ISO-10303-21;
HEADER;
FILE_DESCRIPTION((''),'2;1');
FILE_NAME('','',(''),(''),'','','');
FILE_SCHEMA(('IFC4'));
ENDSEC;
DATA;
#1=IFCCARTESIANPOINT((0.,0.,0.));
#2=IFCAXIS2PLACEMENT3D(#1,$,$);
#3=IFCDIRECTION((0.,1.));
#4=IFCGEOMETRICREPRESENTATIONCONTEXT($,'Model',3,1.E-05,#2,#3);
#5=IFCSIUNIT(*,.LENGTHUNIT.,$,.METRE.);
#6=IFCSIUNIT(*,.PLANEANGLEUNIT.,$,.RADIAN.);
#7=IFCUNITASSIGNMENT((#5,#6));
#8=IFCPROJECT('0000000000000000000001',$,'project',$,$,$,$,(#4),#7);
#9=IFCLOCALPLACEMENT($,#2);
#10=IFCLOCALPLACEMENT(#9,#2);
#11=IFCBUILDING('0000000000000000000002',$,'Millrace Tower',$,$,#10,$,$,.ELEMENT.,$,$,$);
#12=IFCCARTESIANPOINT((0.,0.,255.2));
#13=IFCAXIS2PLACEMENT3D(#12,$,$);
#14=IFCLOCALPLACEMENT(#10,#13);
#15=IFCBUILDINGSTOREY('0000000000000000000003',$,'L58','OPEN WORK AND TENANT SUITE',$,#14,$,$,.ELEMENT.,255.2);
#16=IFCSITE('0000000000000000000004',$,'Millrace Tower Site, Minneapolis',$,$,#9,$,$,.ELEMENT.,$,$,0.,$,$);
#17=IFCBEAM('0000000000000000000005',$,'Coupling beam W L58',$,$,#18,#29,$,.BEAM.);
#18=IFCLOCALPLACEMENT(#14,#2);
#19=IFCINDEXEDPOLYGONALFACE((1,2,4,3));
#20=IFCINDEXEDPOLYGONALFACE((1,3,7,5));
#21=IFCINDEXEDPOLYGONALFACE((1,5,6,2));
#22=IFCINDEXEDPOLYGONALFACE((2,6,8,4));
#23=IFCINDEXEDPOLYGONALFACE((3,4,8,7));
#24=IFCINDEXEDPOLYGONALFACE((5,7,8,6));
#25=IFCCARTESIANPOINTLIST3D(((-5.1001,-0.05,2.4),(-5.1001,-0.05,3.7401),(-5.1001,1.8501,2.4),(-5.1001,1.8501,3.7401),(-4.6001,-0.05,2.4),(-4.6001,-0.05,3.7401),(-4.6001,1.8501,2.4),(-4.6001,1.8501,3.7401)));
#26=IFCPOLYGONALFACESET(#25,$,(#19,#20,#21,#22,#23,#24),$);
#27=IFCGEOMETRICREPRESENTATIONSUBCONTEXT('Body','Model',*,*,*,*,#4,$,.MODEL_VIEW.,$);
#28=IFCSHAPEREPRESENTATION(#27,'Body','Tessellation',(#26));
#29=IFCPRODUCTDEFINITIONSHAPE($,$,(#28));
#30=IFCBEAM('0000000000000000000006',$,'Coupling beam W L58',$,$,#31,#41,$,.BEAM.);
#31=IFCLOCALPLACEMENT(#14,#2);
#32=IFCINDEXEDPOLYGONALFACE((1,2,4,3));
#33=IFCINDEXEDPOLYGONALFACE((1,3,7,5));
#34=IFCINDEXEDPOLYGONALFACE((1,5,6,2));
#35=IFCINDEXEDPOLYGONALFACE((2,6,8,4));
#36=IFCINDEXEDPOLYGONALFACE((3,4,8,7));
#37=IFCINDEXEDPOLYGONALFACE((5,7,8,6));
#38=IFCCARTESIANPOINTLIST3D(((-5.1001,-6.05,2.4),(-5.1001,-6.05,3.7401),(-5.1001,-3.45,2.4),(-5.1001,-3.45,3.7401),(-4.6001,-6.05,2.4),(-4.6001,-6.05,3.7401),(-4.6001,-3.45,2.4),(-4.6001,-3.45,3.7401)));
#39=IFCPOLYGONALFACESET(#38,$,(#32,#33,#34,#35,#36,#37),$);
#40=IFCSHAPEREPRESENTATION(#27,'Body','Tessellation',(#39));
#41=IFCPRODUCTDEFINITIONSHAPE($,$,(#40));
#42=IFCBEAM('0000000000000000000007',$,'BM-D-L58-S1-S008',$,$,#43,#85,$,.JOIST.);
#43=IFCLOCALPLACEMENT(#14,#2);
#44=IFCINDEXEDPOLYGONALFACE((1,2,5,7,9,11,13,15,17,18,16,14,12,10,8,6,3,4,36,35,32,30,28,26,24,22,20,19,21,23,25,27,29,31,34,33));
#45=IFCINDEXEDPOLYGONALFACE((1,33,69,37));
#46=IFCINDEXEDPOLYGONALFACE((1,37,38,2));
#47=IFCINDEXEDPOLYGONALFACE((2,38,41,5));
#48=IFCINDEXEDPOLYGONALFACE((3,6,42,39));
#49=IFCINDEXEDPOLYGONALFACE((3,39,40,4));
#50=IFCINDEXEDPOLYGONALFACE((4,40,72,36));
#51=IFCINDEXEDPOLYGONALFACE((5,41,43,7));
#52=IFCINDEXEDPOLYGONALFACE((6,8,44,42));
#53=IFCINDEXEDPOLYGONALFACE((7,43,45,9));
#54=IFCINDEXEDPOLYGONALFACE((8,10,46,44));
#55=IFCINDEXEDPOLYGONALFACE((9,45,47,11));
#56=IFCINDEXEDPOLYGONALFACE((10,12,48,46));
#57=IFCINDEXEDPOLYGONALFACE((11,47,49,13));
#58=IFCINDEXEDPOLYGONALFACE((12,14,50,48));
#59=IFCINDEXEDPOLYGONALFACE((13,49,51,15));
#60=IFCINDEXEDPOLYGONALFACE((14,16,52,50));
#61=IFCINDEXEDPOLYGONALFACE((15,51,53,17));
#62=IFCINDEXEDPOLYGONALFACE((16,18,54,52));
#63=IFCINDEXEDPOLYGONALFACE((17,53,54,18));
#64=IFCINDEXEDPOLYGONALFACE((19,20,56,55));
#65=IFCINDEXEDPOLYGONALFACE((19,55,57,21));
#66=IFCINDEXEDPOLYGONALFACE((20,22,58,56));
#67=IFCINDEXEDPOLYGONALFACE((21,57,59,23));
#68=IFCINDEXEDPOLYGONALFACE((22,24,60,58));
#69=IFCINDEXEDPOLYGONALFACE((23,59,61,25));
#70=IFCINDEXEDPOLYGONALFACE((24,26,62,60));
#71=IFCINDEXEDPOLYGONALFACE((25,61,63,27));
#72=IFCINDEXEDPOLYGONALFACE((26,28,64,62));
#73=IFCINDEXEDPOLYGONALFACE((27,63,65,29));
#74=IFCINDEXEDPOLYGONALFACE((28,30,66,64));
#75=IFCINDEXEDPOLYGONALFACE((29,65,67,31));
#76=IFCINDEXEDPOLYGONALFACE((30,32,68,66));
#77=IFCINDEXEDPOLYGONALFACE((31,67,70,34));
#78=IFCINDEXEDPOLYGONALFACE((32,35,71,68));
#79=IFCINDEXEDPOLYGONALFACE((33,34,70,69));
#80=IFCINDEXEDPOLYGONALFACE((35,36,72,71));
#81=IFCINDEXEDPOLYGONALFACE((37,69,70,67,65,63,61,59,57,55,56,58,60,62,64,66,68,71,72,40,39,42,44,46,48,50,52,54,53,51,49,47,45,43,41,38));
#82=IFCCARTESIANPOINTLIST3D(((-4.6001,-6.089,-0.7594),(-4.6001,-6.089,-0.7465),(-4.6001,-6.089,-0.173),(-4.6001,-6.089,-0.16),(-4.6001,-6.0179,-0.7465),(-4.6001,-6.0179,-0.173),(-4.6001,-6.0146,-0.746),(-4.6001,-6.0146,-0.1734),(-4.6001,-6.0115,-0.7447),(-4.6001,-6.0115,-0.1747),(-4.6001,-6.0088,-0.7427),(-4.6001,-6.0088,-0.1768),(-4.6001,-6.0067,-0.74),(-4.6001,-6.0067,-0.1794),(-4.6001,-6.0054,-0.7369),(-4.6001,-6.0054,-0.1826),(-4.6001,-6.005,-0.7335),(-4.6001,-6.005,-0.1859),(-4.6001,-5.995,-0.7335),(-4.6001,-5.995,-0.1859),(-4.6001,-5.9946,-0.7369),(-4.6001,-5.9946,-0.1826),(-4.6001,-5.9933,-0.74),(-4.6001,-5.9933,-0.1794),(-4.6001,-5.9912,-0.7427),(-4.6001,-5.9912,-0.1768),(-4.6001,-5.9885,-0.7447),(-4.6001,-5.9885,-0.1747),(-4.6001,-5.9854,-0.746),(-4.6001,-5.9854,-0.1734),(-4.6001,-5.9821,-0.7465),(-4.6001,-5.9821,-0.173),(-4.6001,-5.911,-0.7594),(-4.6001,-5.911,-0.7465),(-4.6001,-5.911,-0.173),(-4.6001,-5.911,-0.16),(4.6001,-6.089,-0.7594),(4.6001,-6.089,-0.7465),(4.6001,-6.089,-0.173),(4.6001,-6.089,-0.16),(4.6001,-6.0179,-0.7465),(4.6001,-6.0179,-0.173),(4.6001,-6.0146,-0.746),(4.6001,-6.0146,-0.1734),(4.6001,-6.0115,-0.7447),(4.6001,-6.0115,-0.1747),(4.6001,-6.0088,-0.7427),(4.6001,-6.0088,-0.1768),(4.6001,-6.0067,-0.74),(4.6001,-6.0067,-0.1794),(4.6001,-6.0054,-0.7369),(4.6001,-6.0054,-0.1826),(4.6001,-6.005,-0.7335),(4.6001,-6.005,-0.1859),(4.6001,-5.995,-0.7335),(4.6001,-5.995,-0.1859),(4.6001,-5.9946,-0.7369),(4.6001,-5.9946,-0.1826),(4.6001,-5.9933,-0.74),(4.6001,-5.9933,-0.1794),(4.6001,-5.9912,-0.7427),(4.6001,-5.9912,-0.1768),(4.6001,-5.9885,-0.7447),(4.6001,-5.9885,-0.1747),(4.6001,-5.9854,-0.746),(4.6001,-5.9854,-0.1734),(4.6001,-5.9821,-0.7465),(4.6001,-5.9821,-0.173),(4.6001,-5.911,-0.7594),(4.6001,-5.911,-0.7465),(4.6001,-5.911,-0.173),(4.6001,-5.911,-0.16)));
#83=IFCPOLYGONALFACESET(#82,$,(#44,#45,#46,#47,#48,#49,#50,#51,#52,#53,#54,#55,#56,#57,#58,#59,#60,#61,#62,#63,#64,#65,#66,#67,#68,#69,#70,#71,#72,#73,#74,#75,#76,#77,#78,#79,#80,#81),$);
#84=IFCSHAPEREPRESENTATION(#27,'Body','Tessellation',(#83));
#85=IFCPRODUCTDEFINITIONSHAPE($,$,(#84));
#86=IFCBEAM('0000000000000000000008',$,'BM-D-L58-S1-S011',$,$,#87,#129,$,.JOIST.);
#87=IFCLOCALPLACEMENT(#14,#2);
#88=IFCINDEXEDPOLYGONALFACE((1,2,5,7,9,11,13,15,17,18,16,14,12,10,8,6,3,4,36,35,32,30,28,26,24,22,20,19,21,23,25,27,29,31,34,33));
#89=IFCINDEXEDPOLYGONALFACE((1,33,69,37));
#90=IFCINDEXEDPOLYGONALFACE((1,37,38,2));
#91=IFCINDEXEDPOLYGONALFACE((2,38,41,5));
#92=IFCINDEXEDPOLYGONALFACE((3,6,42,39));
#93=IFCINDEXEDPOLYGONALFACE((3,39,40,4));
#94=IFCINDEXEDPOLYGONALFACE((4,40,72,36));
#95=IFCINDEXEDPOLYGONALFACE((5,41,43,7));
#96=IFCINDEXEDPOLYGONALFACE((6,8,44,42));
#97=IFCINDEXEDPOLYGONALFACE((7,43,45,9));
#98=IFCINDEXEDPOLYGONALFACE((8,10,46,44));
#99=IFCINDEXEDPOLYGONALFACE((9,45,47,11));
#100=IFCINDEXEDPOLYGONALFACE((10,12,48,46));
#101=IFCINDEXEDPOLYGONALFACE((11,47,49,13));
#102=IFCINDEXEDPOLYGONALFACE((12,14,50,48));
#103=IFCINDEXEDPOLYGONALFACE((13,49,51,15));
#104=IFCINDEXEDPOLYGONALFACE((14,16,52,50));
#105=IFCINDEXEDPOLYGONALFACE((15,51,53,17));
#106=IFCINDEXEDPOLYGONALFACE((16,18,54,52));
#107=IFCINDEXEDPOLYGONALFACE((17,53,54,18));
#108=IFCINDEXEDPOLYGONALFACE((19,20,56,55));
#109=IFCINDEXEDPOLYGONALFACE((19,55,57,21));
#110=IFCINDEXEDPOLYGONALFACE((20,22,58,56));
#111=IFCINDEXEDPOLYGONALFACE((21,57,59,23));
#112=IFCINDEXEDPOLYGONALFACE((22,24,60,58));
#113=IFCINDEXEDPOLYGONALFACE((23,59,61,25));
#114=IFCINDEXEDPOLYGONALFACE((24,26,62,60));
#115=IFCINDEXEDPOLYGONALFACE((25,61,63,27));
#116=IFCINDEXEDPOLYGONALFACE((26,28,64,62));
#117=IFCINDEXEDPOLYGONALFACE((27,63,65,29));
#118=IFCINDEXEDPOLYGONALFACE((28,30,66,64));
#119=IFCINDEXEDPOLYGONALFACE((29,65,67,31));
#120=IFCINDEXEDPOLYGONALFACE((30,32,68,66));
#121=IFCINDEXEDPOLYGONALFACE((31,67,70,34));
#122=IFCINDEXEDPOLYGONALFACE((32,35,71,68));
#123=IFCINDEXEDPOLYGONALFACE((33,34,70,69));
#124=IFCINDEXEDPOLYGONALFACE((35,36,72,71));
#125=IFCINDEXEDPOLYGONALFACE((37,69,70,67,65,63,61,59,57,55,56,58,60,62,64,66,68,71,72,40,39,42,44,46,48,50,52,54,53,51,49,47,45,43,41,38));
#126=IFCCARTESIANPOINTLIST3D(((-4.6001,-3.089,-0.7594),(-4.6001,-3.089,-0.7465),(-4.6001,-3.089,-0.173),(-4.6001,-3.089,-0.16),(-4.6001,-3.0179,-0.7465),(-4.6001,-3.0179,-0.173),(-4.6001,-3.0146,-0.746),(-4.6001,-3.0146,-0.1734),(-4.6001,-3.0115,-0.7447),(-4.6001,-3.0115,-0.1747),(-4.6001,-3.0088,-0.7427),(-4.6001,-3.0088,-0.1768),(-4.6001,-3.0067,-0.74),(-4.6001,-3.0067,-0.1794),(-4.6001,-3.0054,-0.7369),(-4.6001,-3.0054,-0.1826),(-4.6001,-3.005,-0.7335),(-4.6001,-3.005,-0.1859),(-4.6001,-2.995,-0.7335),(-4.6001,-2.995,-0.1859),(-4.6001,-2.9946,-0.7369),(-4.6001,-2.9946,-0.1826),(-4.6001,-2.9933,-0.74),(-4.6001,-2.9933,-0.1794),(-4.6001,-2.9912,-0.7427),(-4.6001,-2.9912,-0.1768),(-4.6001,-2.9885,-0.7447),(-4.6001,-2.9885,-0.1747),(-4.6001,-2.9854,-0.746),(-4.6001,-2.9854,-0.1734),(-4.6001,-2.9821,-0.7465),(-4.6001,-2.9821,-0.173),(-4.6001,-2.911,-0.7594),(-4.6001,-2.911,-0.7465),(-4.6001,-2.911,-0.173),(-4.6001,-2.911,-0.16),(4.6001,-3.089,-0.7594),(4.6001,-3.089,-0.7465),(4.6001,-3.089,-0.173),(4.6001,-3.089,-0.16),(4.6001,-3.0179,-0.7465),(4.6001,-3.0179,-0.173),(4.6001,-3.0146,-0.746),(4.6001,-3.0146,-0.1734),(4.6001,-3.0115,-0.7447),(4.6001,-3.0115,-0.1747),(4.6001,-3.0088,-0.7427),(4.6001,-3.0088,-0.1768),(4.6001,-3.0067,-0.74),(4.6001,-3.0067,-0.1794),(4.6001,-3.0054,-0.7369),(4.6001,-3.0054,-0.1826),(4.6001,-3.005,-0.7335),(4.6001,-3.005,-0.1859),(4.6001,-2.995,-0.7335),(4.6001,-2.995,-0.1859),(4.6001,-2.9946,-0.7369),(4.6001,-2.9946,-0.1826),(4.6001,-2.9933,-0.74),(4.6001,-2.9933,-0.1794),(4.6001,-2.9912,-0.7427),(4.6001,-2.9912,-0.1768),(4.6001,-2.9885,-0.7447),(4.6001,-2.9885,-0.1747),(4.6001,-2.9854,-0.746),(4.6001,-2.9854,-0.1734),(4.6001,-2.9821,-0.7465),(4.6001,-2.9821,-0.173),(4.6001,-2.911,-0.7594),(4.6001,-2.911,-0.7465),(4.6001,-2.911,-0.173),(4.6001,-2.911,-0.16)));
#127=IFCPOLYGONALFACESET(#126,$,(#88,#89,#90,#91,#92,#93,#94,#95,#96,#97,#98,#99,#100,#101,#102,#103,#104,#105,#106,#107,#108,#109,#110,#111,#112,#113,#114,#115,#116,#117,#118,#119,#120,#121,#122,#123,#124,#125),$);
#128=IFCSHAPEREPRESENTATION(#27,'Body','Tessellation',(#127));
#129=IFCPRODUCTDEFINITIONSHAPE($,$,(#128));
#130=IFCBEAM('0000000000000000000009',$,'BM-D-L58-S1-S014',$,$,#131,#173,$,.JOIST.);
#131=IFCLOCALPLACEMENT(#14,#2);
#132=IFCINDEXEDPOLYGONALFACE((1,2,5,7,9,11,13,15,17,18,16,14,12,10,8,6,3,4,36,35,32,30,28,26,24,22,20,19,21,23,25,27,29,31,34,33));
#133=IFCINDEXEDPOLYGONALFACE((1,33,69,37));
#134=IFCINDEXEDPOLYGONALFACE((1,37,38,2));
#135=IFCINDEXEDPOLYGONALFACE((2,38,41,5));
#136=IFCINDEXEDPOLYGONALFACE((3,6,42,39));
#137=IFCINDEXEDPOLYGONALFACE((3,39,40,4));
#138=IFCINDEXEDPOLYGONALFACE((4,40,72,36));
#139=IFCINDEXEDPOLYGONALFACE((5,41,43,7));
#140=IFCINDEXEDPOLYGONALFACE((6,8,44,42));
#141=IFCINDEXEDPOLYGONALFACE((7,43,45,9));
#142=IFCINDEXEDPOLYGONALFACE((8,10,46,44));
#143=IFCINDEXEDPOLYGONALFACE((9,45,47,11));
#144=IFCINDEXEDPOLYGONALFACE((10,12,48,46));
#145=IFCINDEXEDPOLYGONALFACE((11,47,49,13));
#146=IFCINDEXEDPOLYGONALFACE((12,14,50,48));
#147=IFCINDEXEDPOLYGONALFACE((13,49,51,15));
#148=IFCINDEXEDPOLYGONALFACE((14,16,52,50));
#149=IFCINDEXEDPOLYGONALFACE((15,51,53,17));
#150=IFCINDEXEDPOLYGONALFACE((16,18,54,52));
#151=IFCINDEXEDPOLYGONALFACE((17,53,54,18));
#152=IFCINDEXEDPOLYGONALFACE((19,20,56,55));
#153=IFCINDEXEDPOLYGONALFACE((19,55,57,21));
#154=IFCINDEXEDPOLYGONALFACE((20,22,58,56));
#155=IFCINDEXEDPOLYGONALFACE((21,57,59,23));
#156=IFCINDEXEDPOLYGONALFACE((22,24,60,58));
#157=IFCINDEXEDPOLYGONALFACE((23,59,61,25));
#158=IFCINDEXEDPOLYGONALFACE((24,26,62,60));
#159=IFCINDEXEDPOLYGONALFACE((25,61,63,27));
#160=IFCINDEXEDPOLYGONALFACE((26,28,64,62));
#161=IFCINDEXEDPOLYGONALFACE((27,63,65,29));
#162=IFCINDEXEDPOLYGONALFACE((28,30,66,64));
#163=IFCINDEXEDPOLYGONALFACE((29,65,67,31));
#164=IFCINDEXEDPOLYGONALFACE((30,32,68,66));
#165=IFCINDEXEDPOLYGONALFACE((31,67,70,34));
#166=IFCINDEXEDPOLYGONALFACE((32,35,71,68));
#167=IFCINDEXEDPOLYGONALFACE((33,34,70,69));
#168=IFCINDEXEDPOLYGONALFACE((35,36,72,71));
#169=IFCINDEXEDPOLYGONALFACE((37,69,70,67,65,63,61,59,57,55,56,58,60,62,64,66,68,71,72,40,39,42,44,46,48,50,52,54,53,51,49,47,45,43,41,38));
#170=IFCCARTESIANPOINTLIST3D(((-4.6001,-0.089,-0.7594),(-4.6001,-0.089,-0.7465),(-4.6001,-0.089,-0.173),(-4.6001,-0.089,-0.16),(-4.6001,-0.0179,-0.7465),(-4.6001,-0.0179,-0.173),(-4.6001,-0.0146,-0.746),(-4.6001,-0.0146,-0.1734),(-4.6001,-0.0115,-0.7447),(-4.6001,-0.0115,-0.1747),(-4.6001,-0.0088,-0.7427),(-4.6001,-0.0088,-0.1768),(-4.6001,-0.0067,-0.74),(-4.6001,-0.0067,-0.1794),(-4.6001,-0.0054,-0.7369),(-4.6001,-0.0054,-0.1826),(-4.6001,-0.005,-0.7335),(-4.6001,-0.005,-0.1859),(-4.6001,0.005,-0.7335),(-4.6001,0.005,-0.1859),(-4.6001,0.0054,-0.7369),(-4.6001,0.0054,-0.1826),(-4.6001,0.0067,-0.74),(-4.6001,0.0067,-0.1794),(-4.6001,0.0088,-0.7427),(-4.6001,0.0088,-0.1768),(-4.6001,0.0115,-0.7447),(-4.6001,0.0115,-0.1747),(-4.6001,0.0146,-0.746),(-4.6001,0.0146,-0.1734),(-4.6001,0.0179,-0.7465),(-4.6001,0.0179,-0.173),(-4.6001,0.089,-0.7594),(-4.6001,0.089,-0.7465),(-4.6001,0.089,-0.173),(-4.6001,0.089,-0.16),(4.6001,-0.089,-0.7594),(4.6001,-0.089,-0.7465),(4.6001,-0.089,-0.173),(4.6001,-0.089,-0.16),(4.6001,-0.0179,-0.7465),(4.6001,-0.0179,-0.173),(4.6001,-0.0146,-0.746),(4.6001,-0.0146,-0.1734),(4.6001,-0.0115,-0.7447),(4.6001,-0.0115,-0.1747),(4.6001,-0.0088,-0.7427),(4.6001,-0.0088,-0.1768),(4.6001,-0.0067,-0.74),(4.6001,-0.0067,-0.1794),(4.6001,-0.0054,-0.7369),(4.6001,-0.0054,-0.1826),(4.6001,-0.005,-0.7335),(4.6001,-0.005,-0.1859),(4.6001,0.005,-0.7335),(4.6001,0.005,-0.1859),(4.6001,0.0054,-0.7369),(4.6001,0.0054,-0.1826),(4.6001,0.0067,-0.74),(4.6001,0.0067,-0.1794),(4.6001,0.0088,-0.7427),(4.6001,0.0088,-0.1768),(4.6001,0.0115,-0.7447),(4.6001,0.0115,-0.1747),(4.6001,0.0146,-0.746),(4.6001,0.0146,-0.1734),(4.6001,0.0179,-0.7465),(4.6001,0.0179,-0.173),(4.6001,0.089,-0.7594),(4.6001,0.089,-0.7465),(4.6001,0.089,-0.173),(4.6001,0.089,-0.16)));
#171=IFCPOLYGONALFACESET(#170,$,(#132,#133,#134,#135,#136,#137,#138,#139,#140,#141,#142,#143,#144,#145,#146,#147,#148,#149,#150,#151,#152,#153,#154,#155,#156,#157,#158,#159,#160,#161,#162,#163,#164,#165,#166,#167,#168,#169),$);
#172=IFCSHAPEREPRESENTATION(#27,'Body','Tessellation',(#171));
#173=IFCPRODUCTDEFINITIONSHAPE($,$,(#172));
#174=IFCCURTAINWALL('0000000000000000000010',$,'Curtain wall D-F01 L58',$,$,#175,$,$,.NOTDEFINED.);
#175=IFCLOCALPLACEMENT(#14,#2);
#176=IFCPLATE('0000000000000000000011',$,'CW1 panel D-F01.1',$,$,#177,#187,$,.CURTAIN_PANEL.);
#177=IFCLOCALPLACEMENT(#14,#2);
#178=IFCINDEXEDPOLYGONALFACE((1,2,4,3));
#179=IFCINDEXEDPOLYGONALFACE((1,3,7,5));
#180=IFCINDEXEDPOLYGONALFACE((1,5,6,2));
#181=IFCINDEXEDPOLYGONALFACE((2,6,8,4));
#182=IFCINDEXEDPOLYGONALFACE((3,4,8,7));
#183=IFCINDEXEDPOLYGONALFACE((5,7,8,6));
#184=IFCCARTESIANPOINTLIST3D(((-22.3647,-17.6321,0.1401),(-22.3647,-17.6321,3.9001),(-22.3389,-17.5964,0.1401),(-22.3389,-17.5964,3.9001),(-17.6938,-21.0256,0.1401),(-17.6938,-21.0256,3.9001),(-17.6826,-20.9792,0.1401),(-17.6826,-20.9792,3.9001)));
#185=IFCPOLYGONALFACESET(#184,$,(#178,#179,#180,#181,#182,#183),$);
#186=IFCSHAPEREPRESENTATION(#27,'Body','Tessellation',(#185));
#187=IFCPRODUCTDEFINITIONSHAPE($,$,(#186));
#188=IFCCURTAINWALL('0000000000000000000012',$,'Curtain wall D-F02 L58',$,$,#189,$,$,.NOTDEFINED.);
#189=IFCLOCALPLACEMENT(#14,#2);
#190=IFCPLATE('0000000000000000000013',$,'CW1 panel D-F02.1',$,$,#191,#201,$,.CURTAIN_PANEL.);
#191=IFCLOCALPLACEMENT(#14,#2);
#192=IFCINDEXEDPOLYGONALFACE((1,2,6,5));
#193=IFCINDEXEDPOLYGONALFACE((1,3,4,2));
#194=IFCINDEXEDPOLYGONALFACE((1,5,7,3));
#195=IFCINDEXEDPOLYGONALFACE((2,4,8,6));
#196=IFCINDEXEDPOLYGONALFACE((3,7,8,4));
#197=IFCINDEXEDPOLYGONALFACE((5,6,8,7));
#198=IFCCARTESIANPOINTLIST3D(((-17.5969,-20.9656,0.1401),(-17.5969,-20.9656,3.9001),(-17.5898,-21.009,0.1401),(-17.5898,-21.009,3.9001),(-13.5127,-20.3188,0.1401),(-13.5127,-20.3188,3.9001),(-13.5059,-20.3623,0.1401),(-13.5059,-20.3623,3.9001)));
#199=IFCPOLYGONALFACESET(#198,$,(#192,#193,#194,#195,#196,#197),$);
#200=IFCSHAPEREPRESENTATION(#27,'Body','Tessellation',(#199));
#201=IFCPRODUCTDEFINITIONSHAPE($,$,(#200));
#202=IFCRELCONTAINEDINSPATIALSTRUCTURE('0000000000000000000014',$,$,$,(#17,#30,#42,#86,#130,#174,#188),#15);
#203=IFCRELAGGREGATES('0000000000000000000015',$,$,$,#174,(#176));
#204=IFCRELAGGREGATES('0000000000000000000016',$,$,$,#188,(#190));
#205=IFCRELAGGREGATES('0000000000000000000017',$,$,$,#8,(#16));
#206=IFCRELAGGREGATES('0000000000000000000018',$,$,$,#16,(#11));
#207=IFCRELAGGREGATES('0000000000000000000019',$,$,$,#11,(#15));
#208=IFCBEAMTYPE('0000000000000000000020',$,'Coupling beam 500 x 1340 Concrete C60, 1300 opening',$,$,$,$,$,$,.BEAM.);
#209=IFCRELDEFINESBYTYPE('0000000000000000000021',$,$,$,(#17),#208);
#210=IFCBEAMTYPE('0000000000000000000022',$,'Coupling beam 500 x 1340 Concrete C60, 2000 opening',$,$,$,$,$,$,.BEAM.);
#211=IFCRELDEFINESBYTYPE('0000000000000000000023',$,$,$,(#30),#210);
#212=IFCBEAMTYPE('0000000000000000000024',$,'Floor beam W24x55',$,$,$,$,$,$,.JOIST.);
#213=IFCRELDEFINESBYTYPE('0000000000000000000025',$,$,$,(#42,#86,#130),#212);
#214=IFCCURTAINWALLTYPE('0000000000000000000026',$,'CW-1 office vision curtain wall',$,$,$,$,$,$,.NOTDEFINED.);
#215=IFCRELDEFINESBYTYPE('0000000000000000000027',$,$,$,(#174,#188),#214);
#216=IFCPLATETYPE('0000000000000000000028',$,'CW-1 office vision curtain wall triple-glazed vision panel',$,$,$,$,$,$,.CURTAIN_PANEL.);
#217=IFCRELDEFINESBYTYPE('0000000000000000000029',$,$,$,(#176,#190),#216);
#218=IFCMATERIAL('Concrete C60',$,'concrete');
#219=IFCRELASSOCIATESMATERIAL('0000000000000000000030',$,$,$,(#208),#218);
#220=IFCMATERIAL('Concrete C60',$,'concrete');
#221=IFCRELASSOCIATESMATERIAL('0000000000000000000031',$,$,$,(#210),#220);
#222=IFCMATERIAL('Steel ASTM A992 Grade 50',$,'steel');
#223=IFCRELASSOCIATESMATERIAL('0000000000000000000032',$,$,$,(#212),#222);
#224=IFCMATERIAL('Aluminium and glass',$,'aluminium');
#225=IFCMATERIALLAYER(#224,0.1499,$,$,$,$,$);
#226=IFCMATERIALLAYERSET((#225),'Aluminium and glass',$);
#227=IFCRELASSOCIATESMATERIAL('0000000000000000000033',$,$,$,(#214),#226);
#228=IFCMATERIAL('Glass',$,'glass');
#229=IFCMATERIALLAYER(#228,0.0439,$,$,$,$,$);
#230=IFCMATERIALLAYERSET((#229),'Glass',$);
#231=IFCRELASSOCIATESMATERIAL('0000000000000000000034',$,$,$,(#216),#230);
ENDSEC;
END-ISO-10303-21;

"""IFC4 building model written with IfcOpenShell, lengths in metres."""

from ifc_helpers import new_model, si_unit, direction, frame, origin, origin_2d, place, context, subcontext, project, spatial, polyline, rectangle, i_section, outline, extrude, material, layer, layer_set, material_profile, profile_set, type_object, element, aggregate, save


model = new_model("IFC4")

# Units and contexts
model_context = context("Model", 3, precision=1e-05, world=origin(), true_north=direction((0.0, 1.0)))
body_context = subcontext(model_context, "Body", "Model", "MODEL_VIEW")
ifc_project = project(units=[si_unit("LENGTHUNIT", "METRE"), si_unit("PLANEANGLEUNIT", "RADIAN")], contexts=[model_context])

# Site, building, storey
site_placement = place(None, origin())
site = spatial("IfcSite", under=ifc_project, at=site_placement, Name="Millrace Tower Site, Minneapolis", CompositionType="ELEMENT", RefElevation=0.0)
building_placement = place(site_placement, origin())
building = spatial("IfcBuilding", under=site, at=building_placement, Name="Millrace Tower", CompositionType="ELEMENT")
storey_placement = place(building_placement, frame((0.0, 0.0, 255.2)))
storey = spatial("IfcBuildingStorey", under=building, at=storey_placement, Name="L58", Description="OPEN WORK AND TENANT SUITE", CompositionType="ELEMENT", Elevation=255.2)

# Beams
ifc_material_1 = material(Name="Concrete C60", Category="concrete")
ifc_material_profile_1 = material_profile(ifc_material_1, rectangle(XDim=0.5, YDim=1.3401, at=origin_2d()))
ifc_profile_set_1 = profile_set([ifc_material_profile_1], Name="Concrete C60")
beam_type_1 = type_object("IfcBeamType", Name="Coupling beam 500 x 1340 Concrete C60, 1300 opening", PredefinedType="BEAM", material=ifc_profile_set_1)
beam_1_placement = place(storey_placement, frame((-4.8501, -0.05, 3.0701), z_axis=(0.0, 1.0, 0.0), x_axis=(-1.0, 0.0, 0.0)))
element("IfcBeam", 1, at=beam_1_placement, inside=storey, type_object=beam_type_1, Name="Coupling beam W L58", PredefinedType="BEAM", context=body_context, shape_type="SweptSolid", body=[
    extrude(rectangle(XDim=0.5, YDim=1.3401, at=origin_2d()), origin(), (0.0, 0.0, 1.0), 1.9001),
])
ifc_material_2 = material(Name="Concrete C60", Category="concrete")
ifc_material_profile_2 = material_profile(ifc_material_2, rectangle(XDim=0.5, YDim=1.3401, at=origin_2d()))
ifc_profile_set_2 = profile_set([ifc_material_profile_2], Name="Concrete C60")
beam_type_2 = type_object("IfcBeamType", Name="Coupling beam 500 x 1340 Concrete C60, 2000 opening", PredefinedType="BEAM", material=ifc_profile_set_2)
beam_2_placement = place(storey_placement, frame((-4.8501, -6.05, 3.0701), z_axis=(0.0, 1.0, 0.0), x_axis=(-1.0, 0.0, 0.0)))
element("IfcBeam", 2, at=beam_2_placement, inside=storey, type_object=beam_type_2, Name="Coupling beam W L58", PredefinedType="BEAM", context=body_context, shape_type="SweptSolid", body=[
    extrude(rectangle(XDim=0.5, YDim=1.3401, at=origin_2d()), origin(), (0.0, 0.0, 1.0), 2.6001),
])
ifc_material_3 = material(Name="Steel ASTM A992 Grade 50", Category="steel")
ifc_material_profile_3 = material_profile(ifc_material_3, i_section(OverallWidth=0.178, OverallDepth=0.5994, WebThickness=0.01, FlangeThickness=0.0129, FilletRadius=0.0129, at=origin_2d()))
ifc_profile_set_3 = profile_set([ifc_material_profile_3], Name="Steel ASTM A992 Grade 50")
beam_type_3 = type_object("IfcBeamType", Name="Floor beam W24x55", PredefinedType="JOIST", material=ifc_profile_set_3)
for number, where, z_axis, x_axis, name in (
    (3, (-4.6001, -6.0, -0.4597), (1.0, 0.0, 0.0), (0.0, 1.0, 0.0), "BM-D-L58-S1-S008"),
    (4, (-4.6001, -3.0, -0.4597), (1.0, 0.0, 0.0), (0.0, 1.0, 0.0), "BM-D-L58-S1-S011"),
    (5, (-4.6001, 0.0, -0.4597), (1.0, 0.0, 0.0), (0.0, 1.0, 0.0), "BM-D-L58-S1-S014"),
):
    element("IfcBeam", number, at=place(storey_placement, frame(where, z_axis=z_axis, x_axis=x_axis)), inside=storey, type_object=beam_type_3, Name=name, PredefinedType="JOIST", context=body_context, shape_type="SweptSolid", body=[
        extrude(i_section(OverallWidth=0.178, OverallDepth=0.5994, WebThickness=0.01, FlangeThickness=0.0129, FilletRadius=0.0129, at=origin_2d()), origin(), (0.0, 0.0, 1.0), 9.2002),
    ])

# Curtain wall, plate
ifc_material_4 = material(Name="Aluminium and glass", Category="aluminium")
ifc_layer_1 = layer(ifc_material_4, 0.1499)
ifc_layer_set_1 = layer_set([ifc_layer_1], Name="Aluminium and glass")
curtain_wall_type = type_object("IfcCurtainWallType", Name="CW-1 office vision curtain wall", PredefinedType="NOTDEFINED", material=ifc_layer_set_1)
placement_1 = place(storey_placement, origin())
curtain_wall_1 = element("IfcCurtainWall", 6, at=placement_1, inside=storey, type_object=curtain_wall_type, Name="Curtain wall D-F01 L58", PredefinedType="NOTDEFINED")
ifc_material_5 = material(Name="Glass", Category="glass")
ifc_layer_2 = layer(ifc_material_5, 0.0439)
ifc_layer_set_2 = layer_set([ifc_layer_2], Name="Glass")
plate_type = type_object("IfcPlateType", Name="CW-1 office vision curtain wall triple-glazed vision panel", PredefinedType="CURTAIN_PANEL", material=ifc_layer_set_2)
placement_2 = place(storey_placement, frame((0.0, 0.0, 0.1401)))
plate_1 = element("IfcPlate", 7, at=placement_2, type_object=plate_type, Name="CW1 panel D-F01.1", PredefinedType="CURTAIN_PANEL", context=body_context, shape_type="SweptSolid", body=[
    extrude(outline(polyline([(-22.3647, -17.6321), (-17.6938, -21.0256), (-17.6826, -20.9792), (-22.3389, -17.5964), (-22.3647, -17.6321)])), origin(), (0.0, 0.0, 1.0), 3.76),
])
aggregate(curtain_wall_1, [plate_1])

# Curtain wall, plate
curtain_wall_2 = element("IfcCurtainWall", 8, at=placement_1, inside=storey, type_object=curtain_wall_type, Name="Curtain wall D-F02 L58", PredefinedType="NOTDEFINED")
plate_2 = element("IfcPlate", 9, at=placement_2, type_object=plate_type, Name="CW1 panel D-F02.1", PredefinedType="CURTAIN_PANEL", context=body_context, shape_type="SweptSolid", body=[
    extrude(outline(polyline([(-17.5898, -21.009), (-13.5059, -20.3623), (-13.5127, -20.3188), (-17.5969, -20.9656), (-17.5898, -21.009)])), origin(), (0.0, 0.0, 1.0), 3.76),
])
aggregate(curtain_wall_2, [plate_2])

save(model, "model.ifc")
